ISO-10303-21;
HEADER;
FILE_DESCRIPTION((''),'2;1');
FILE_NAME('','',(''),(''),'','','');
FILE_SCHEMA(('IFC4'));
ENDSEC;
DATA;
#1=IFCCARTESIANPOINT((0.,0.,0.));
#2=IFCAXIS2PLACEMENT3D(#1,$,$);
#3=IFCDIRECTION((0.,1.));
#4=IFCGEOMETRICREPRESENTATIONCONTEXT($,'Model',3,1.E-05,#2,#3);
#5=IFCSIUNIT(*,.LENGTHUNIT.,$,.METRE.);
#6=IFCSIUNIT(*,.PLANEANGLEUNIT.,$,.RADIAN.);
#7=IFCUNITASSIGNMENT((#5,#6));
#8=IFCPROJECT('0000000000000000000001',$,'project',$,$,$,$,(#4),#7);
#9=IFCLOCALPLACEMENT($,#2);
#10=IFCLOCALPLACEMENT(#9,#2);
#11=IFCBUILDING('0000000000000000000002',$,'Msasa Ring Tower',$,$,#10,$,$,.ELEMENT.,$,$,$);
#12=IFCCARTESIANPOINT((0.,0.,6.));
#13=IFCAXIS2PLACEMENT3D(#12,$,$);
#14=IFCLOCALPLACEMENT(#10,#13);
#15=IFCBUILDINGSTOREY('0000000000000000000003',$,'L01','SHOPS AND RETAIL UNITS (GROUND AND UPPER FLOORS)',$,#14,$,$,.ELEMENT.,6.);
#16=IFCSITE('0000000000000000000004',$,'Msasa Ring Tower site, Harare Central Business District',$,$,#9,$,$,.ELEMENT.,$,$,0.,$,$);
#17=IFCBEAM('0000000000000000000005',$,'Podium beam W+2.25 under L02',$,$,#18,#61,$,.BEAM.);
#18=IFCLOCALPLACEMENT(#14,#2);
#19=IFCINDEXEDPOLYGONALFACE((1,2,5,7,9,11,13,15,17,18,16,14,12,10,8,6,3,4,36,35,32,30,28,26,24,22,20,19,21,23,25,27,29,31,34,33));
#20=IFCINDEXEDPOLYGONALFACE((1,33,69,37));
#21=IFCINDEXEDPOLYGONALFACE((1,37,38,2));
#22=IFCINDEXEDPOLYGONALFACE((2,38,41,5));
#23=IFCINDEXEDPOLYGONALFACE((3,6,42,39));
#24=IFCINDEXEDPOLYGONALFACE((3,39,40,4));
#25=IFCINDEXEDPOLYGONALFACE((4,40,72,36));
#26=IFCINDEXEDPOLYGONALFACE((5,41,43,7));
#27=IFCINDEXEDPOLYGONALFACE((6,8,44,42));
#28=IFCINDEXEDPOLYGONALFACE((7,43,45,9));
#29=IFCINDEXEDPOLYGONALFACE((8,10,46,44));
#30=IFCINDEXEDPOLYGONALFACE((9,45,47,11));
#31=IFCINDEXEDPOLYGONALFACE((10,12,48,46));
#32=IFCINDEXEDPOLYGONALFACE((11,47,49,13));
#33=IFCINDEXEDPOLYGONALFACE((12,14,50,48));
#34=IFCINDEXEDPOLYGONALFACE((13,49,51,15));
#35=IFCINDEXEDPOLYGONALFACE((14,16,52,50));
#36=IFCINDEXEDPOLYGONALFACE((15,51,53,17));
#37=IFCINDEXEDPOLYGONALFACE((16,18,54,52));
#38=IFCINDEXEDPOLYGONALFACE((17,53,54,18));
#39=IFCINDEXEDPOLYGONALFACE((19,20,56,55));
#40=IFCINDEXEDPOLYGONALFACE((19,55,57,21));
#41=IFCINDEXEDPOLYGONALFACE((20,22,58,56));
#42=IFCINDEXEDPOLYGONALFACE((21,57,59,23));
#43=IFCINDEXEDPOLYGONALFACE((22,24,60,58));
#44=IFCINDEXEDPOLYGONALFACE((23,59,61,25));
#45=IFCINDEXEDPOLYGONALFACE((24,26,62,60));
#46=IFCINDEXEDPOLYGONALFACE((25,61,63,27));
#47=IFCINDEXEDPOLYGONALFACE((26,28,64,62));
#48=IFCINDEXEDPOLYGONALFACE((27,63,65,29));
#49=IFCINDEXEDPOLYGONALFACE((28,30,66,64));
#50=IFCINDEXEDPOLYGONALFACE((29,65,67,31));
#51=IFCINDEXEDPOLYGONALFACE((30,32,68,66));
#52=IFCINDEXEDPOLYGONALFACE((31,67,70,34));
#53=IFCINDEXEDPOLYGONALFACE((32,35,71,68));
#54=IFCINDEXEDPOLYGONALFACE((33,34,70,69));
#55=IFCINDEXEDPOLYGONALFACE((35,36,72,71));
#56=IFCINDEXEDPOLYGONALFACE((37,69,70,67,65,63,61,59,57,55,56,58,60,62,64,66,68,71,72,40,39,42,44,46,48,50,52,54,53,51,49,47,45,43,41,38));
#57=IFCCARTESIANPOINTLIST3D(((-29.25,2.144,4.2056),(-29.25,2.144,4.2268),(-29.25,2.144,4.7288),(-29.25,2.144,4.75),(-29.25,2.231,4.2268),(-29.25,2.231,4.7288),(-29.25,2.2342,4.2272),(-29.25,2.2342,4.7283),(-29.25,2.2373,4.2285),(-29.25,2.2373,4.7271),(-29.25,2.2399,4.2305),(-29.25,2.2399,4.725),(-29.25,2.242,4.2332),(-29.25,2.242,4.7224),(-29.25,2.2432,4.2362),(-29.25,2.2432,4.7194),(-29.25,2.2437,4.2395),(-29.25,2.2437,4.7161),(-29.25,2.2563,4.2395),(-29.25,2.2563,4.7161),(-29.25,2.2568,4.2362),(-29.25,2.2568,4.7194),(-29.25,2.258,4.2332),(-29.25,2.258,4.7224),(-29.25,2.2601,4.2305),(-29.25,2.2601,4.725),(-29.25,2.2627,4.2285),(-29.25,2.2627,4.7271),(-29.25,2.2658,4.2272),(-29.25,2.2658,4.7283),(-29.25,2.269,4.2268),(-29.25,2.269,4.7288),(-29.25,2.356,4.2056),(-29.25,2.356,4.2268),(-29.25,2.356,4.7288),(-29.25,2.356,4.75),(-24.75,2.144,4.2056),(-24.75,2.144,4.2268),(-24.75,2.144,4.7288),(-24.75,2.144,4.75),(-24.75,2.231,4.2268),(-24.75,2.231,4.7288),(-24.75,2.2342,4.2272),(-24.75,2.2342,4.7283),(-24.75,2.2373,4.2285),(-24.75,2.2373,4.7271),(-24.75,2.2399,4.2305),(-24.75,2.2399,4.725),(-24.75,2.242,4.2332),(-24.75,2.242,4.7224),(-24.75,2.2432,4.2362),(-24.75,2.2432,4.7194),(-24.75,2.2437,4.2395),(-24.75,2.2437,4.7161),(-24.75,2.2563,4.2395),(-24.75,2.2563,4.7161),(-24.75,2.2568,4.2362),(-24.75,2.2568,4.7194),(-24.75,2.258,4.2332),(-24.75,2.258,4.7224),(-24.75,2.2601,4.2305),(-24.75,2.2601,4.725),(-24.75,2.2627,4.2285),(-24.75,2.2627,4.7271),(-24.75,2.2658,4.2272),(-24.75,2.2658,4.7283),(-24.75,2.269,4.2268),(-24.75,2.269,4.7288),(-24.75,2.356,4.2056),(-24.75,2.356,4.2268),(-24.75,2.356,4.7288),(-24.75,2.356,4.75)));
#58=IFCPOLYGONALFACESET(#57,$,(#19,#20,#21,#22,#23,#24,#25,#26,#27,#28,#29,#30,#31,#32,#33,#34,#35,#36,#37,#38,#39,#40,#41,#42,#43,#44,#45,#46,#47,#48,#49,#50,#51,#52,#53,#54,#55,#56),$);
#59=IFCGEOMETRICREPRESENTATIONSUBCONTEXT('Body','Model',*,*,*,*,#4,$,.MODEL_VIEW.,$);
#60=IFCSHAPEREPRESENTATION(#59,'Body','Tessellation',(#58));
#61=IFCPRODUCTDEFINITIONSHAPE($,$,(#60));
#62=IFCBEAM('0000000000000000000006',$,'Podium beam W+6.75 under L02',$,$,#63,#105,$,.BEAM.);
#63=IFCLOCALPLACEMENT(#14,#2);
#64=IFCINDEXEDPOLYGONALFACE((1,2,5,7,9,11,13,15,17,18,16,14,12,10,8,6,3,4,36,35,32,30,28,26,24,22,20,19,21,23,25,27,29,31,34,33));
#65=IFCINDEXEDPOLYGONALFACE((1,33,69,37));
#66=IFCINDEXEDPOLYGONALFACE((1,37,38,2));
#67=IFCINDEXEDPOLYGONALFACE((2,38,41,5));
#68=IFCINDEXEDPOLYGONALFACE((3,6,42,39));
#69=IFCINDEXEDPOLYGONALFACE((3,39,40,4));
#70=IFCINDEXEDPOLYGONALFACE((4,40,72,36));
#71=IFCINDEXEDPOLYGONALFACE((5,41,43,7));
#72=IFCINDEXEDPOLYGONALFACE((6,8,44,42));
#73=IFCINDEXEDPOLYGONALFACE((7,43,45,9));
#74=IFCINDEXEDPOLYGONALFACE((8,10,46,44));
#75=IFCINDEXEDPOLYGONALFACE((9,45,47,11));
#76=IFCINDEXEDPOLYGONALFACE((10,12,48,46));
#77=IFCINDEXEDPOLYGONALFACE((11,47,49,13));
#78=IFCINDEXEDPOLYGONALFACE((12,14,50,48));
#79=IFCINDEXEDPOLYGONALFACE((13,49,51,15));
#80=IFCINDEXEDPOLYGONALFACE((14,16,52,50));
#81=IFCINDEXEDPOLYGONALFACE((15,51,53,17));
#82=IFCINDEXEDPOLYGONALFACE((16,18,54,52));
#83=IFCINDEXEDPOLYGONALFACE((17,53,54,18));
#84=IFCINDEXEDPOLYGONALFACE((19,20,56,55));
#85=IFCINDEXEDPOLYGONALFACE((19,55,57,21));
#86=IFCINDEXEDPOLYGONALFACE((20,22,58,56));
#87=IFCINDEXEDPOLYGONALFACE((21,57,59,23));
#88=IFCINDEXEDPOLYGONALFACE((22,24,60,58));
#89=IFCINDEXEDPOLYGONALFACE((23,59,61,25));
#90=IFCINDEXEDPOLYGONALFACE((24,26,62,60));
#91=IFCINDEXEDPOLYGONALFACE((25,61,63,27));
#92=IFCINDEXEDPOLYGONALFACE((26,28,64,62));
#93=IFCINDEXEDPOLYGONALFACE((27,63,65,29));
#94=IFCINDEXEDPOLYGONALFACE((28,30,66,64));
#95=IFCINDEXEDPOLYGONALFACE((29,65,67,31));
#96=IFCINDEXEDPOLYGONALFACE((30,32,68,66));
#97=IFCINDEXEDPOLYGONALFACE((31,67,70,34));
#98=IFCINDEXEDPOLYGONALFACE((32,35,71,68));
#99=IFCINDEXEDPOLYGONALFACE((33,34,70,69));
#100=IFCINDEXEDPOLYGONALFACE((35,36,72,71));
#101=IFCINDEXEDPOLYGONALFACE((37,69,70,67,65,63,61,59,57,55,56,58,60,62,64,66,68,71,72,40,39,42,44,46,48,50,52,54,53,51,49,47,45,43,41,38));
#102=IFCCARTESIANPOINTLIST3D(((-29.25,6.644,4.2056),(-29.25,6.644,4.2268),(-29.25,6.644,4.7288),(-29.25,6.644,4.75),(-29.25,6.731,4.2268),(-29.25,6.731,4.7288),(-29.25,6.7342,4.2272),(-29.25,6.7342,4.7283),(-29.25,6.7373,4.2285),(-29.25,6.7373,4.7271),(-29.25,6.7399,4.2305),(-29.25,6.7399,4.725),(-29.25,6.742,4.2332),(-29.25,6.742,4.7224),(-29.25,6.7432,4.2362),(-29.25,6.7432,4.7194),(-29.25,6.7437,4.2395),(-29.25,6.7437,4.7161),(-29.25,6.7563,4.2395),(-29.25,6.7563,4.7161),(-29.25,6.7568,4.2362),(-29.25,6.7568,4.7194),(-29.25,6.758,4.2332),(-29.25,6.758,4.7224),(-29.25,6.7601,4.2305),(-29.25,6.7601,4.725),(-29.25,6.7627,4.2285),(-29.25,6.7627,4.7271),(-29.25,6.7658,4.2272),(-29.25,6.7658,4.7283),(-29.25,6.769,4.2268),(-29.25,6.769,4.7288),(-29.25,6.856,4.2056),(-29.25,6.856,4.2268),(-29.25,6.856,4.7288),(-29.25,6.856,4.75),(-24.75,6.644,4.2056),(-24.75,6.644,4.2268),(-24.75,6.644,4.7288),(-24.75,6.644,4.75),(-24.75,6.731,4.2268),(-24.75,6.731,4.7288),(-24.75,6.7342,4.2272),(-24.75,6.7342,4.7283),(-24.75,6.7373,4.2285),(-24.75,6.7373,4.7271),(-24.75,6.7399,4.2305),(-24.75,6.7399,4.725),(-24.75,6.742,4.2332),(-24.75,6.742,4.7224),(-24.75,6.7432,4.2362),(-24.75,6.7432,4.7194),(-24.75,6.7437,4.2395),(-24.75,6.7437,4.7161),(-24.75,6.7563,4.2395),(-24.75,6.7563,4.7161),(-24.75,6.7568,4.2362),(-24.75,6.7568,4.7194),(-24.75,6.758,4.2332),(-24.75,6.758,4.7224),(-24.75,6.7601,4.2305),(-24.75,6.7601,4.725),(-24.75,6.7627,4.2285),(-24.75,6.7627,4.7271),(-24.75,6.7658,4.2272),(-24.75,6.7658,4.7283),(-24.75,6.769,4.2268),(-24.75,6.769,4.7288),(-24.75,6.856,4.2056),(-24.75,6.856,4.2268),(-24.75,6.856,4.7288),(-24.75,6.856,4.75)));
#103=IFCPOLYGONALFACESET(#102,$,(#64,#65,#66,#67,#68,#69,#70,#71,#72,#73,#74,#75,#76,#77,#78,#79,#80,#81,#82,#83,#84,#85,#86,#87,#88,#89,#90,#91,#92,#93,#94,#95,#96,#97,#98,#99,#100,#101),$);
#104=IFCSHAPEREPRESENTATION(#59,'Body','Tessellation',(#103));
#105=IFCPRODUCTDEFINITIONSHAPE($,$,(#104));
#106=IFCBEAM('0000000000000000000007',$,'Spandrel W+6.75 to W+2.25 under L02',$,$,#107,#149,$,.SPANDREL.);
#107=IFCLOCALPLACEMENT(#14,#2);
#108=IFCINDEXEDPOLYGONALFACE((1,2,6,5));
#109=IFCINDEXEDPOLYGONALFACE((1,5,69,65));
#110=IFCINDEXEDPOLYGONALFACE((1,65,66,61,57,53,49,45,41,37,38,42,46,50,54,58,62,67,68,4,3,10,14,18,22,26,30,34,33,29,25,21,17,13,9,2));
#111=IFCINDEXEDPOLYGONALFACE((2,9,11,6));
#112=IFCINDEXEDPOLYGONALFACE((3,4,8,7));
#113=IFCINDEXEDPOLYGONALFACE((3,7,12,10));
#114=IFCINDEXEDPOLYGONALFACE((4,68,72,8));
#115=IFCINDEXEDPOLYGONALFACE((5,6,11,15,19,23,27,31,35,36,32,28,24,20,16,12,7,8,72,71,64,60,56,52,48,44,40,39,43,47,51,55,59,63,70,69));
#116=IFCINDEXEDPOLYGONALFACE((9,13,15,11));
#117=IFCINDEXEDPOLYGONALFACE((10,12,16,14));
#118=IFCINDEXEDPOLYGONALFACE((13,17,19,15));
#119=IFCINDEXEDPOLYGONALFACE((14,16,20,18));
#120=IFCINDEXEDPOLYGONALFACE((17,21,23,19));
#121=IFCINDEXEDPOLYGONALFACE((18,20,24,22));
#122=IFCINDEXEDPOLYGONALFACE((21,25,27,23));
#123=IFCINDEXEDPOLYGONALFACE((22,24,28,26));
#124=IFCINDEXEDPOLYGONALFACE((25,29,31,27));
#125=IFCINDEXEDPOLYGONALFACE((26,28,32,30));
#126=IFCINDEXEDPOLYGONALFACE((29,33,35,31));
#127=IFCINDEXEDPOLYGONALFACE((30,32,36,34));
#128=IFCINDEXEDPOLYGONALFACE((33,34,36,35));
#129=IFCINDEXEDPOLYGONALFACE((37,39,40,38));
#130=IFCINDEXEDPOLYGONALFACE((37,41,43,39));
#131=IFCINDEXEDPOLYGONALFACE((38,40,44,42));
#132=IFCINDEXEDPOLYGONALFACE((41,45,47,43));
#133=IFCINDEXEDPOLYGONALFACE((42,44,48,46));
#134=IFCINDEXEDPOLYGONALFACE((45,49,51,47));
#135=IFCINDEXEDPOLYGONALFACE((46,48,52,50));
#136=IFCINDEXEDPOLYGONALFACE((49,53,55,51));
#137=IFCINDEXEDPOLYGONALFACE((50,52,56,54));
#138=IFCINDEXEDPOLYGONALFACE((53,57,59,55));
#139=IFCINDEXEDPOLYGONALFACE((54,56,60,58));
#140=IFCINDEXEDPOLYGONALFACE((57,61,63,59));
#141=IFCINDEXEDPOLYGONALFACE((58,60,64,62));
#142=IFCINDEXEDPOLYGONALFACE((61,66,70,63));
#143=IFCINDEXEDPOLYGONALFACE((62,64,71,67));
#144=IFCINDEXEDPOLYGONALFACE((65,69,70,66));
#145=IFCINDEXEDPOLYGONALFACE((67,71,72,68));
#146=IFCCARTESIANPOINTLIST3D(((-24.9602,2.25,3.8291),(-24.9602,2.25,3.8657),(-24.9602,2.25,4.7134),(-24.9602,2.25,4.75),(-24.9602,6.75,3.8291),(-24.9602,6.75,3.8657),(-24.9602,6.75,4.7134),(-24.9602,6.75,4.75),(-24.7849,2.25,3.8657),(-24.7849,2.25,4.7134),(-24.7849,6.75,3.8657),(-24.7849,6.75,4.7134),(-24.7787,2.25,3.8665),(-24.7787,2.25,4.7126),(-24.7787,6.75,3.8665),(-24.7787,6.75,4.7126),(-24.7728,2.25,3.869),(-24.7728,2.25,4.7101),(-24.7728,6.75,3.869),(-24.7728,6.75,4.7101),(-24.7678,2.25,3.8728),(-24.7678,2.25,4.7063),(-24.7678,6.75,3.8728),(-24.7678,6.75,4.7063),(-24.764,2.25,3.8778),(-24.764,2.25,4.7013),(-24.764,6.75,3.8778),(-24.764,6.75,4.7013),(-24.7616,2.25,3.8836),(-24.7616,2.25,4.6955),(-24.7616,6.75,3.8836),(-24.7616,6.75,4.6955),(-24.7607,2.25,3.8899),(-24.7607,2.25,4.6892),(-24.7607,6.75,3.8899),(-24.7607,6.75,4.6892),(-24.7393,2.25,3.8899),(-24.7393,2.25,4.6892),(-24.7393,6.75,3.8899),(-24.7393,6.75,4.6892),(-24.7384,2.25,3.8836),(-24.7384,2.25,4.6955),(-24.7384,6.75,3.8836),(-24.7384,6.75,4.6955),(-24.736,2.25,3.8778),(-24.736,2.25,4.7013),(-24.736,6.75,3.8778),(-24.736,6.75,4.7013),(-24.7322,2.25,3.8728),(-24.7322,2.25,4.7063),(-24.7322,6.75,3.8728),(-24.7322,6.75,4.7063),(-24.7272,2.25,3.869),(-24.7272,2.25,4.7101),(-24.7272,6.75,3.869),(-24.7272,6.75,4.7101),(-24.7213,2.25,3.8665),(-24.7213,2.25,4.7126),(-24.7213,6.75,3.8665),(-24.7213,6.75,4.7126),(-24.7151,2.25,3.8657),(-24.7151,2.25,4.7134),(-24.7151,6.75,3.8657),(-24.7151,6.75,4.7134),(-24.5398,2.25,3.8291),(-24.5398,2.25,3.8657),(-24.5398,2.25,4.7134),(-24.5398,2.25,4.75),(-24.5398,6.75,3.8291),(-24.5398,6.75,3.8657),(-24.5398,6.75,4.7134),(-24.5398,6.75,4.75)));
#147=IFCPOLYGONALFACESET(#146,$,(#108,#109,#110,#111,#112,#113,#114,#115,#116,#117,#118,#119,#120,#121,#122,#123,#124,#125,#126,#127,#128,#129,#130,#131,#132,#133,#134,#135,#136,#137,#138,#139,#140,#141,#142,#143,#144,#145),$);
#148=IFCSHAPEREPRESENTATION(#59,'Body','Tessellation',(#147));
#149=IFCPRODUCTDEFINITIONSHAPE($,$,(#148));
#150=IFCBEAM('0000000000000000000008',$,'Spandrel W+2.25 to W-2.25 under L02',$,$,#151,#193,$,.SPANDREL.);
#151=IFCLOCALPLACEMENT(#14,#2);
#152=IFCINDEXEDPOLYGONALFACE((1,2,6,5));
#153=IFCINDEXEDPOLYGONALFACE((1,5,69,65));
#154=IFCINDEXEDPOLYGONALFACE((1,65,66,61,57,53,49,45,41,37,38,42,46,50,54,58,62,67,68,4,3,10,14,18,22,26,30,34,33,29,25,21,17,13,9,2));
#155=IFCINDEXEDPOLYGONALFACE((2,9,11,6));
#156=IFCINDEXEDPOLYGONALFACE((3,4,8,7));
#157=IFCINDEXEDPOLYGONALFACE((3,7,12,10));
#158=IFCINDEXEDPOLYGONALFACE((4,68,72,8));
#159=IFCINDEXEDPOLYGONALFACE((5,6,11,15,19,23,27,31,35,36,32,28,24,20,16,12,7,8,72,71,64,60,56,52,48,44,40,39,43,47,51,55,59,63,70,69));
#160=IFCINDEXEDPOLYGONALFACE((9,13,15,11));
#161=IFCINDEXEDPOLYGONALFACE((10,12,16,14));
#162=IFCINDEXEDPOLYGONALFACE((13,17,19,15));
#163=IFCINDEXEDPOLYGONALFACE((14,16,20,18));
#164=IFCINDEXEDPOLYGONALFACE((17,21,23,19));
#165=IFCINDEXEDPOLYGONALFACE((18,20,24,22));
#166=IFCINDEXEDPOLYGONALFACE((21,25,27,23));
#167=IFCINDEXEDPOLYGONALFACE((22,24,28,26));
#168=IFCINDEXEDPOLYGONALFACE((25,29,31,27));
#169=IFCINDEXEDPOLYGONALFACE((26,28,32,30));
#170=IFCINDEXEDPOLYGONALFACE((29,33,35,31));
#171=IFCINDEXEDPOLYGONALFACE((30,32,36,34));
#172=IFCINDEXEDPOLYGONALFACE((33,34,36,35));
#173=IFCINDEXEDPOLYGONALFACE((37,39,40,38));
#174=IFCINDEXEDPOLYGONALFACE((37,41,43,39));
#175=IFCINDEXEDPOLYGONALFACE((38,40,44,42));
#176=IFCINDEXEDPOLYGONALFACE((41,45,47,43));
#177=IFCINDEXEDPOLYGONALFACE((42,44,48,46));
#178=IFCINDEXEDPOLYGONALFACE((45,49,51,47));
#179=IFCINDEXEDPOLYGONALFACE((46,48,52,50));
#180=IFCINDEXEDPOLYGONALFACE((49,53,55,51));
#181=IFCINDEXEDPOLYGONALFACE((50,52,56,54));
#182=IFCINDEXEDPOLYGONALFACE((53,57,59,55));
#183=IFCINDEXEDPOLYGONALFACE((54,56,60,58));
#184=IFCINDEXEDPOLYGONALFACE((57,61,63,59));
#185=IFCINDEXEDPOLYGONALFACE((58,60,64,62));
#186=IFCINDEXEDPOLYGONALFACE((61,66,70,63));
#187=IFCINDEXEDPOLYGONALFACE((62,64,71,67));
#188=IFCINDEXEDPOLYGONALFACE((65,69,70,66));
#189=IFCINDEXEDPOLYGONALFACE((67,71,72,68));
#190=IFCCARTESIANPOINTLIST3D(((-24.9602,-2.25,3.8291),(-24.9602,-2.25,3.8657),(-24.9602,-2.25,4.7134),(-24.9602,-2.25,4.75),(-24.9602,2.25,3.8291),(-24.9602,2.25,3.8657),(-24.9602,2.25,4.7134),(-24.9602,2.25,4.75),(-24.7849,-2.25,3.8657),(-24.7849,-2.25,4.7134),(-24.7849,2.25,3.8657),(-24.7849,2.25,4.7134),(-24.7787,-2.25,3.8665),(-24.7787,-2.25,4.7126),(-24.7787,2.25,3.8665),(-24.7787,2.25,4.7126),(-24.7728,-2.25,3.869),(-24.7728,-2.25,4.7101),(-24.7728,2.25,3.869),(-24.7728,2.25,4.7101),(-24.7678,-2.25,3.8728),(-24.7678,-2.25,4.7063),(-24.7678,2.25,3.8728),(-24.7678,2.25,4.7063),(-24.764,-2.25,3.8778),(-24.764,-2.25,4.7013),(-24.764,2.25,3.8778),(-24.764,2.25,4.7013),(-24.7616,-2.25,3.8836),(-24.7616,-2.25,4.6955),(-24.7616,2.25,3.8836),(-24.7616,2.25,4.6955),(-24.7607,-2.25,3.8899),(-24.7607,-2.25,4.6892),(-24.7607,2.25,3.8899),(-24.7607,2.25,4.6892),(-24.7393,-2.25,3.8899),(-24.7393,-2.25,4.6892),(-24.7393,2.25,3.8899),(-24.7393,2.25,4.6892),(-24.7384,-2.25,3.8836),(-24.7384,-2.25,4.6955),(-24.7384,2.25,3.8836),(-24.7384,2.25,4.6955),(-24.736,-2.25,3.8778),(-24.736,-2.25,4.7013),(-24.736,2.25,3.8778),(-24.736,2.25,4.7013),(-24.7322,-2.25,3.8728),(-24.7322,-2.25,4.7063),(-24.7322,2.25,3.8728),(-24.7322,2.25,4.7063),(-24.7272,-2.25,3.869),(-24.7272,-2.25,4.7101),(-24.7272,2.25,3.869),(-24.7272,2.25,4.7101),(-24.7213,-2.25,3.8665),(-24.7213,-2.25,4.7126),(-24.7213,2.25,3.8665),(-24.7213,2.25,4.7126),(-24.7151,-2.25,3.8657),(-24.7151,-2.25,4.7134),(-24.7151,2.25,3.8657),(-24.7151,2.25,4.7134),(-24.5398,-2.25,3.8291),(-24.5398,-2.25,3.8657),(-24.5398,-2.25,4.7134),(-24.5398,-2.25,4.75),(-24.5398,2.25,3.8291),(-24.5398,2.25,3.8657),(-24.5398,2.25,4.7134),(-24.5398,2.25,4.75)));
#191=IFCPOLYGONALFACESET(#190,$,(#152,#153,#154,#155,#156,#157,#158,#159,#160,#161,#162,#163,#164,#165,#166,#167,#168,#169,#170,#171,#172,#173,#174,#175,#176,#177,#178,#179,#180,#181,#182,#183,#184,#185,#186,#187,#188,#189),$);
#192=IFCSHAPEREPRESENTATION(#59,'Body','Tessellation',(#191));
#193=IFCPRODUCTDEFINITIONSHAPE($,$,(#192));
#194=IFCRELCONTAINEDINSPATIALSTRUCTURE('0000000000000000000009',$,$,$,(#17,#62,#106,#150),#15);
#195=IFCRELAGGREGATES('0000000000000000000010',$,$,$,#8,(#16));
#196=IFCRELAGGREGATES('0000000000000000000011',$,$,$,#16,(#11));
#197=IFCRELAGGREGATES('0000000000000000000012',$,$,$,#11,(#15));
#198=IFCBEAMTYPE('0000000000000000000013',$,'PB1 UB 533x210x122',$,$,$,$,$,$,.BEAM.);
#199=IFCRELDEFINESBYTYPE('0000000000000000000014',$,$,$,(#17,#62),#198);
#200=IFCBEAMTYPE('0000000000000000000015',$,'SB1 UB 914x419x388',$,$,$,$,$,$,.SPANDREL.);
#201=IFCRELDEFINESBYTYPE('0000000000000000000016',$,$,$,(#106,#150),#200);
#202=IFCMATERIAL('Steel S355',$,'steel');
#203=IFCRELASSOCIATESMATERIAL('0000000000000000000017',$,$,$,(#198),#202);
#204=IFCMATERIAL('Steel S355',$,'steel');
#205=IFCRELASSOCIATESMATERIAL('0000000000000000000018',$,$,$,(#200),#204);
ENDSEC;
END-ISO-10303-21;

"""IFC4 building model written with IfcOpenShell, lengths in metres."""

from ifc_helpers import new_model, si_unit, direction, frame, origin, origin_2d, place, context, subcontext, project, spatial, i_section, extrude, material, material_profile, profile_set, type_object, element, save


model = new_model("IFC4")

# Units and contexts
model_context = context("Model", 3, precision=1e-05, world=origin(), true_north=direction((0.0, 1.0)))
body_context = subcontext(model_context, "Body", "Model", "MODEL_VIEW")
ifc_project = project(units=[si_unit("LENGTHUNIT", "METRE"), si_unit("PLANEANGLEUNIT", "RADIAN")], contexts=[model_context])

# Site, building, storey
site_placement = place(None, origin())
site = spatial("IfcSite", under=ifc_project, at=site_placement, Name="Msasa Ring Tower site, Harare Central Business District", CompositionType="ELEMENT", RefElevation=0.0)
building_placement = place(site_placement, origin())
building = spatial("IfcBuilding", under=site, at=building_placement, Name="Msasa Ring Tower", CompositionType="ELEMENT")
storey_placement = place(building_placement, frame((0.0, 0.0, 6.0)))
storey = spatial("IfcBuildingStorey", under=building, at=storey_placement, Name="L01", Description="SHOPS AND RETAIL UNITS (GROUND AND UPPER FLOORS)", CompositionType="ELEMENT", Elevation=6.0)

# Beams
ifc_material_1 = material(Name="Steel S355", Category="steel")
ifc_material_profile_1 = material_profile(ifc_material_1, i_section(OverallWidth=0.2119, OverallDepth=0.5444, WebThickness=0.0127, FlangeThickness=0.0212, FilletRadius=0.0127, at=origin_2d()), Name="UB 533x210x122")
ifc_profile_set_1 = profile_set([ifc_material_profile_1], Name="Steel S355")
beam_type_1 = type_object("IfcBeamType", Name="PB1 UB 533x210x122", PredefinedType="BEAM", material=ifc_profile_set_1)
for number, where, z_axis, x_axis, name in (
    (1, (-29.25, 2.25, 4.4778), (1.0, 0.0, 0.0), (0.0, 1.0, 0.0), "Podium beam W+2.25 under L02"),
    (2, (-29.25, 6.75, 4.4778), (1.0, 0.0, 0.0), (0.0, 1.0, 0.0), "Podium beam W+6.75 under L02"),
):
    element("IfcBeam", number, at=place(storey_placement, frame(where, z_axis=z_axis, x_axis=x_axis)), inside=storey, type_object=beam_type_1, Name=name, PredefinedType="BEAM", context=body_context, shape_type="SweptSolid", body=[
        extrude(i_section(OverallWidth=0.2119, OverallDepth=0.5444, WebThickness=0.0127, FlangeThickness=0.0212, FilletRadius=0.0127, at=origin_2d()), origin(), (0.0, 0.0, 1.0), 4.5),
    ])
ifc_material_2 = material(Name="Steel S355", Category="steel")
ifc_material_profile_2 = material_profile(ifc_material_2, i_section(OverallWidth=0.4204, OverallDepth=0.9209, WebThickness=0.0215, FlangeThickness=0.0366, FilletRadius=0.0242, at=origin_2d()), Name="UB 914x419x388")
ifc_profile_set_2 = profile_set([ifc_material_profile_2], Name="Steel S355")
beam_type_2 = type_object("IfcBeamType", Name="SB1 UB 914x419x388", PredefinedType="SPANDREL", material=ifc_profile_set_2)
for number, where, z_axis, x_axis, name in (
    (3, (-24.75, 6.75, 4.2896), (0.0, -1.0, 0.0), (1.0, 0.0, 0.0), "Spandrel W+6.75 to W+2.25 under L02"),
    (4, (-24.75, 2.25, 4.2896), (0.0, -1.0, 0.0), (1.0, 0.0, 0.0), "Spandrel W+2.25 to W-2.25 under L02"),
):
    element("IfcBeam", number, at=place(storey_placement, frame(where, z_axis=z_axis, x_axis=x_axis)), inside=storey, type_object=beam_type_2, Name=name, PredefinedType="SPANDREL", context=body_context, shape_type="SweptSolid", body=[
        extrude(i_section(OverallWidth=0.4204, OverallDepth=0.9209, WebThickness=0.0215, FlangeThickness=0.0366, FilletRadius=0.0242, at=origin_2d()), origin(), (0.0, 0.0, 1.0), 4.5),
    ])

save(model, "model.ifc")
